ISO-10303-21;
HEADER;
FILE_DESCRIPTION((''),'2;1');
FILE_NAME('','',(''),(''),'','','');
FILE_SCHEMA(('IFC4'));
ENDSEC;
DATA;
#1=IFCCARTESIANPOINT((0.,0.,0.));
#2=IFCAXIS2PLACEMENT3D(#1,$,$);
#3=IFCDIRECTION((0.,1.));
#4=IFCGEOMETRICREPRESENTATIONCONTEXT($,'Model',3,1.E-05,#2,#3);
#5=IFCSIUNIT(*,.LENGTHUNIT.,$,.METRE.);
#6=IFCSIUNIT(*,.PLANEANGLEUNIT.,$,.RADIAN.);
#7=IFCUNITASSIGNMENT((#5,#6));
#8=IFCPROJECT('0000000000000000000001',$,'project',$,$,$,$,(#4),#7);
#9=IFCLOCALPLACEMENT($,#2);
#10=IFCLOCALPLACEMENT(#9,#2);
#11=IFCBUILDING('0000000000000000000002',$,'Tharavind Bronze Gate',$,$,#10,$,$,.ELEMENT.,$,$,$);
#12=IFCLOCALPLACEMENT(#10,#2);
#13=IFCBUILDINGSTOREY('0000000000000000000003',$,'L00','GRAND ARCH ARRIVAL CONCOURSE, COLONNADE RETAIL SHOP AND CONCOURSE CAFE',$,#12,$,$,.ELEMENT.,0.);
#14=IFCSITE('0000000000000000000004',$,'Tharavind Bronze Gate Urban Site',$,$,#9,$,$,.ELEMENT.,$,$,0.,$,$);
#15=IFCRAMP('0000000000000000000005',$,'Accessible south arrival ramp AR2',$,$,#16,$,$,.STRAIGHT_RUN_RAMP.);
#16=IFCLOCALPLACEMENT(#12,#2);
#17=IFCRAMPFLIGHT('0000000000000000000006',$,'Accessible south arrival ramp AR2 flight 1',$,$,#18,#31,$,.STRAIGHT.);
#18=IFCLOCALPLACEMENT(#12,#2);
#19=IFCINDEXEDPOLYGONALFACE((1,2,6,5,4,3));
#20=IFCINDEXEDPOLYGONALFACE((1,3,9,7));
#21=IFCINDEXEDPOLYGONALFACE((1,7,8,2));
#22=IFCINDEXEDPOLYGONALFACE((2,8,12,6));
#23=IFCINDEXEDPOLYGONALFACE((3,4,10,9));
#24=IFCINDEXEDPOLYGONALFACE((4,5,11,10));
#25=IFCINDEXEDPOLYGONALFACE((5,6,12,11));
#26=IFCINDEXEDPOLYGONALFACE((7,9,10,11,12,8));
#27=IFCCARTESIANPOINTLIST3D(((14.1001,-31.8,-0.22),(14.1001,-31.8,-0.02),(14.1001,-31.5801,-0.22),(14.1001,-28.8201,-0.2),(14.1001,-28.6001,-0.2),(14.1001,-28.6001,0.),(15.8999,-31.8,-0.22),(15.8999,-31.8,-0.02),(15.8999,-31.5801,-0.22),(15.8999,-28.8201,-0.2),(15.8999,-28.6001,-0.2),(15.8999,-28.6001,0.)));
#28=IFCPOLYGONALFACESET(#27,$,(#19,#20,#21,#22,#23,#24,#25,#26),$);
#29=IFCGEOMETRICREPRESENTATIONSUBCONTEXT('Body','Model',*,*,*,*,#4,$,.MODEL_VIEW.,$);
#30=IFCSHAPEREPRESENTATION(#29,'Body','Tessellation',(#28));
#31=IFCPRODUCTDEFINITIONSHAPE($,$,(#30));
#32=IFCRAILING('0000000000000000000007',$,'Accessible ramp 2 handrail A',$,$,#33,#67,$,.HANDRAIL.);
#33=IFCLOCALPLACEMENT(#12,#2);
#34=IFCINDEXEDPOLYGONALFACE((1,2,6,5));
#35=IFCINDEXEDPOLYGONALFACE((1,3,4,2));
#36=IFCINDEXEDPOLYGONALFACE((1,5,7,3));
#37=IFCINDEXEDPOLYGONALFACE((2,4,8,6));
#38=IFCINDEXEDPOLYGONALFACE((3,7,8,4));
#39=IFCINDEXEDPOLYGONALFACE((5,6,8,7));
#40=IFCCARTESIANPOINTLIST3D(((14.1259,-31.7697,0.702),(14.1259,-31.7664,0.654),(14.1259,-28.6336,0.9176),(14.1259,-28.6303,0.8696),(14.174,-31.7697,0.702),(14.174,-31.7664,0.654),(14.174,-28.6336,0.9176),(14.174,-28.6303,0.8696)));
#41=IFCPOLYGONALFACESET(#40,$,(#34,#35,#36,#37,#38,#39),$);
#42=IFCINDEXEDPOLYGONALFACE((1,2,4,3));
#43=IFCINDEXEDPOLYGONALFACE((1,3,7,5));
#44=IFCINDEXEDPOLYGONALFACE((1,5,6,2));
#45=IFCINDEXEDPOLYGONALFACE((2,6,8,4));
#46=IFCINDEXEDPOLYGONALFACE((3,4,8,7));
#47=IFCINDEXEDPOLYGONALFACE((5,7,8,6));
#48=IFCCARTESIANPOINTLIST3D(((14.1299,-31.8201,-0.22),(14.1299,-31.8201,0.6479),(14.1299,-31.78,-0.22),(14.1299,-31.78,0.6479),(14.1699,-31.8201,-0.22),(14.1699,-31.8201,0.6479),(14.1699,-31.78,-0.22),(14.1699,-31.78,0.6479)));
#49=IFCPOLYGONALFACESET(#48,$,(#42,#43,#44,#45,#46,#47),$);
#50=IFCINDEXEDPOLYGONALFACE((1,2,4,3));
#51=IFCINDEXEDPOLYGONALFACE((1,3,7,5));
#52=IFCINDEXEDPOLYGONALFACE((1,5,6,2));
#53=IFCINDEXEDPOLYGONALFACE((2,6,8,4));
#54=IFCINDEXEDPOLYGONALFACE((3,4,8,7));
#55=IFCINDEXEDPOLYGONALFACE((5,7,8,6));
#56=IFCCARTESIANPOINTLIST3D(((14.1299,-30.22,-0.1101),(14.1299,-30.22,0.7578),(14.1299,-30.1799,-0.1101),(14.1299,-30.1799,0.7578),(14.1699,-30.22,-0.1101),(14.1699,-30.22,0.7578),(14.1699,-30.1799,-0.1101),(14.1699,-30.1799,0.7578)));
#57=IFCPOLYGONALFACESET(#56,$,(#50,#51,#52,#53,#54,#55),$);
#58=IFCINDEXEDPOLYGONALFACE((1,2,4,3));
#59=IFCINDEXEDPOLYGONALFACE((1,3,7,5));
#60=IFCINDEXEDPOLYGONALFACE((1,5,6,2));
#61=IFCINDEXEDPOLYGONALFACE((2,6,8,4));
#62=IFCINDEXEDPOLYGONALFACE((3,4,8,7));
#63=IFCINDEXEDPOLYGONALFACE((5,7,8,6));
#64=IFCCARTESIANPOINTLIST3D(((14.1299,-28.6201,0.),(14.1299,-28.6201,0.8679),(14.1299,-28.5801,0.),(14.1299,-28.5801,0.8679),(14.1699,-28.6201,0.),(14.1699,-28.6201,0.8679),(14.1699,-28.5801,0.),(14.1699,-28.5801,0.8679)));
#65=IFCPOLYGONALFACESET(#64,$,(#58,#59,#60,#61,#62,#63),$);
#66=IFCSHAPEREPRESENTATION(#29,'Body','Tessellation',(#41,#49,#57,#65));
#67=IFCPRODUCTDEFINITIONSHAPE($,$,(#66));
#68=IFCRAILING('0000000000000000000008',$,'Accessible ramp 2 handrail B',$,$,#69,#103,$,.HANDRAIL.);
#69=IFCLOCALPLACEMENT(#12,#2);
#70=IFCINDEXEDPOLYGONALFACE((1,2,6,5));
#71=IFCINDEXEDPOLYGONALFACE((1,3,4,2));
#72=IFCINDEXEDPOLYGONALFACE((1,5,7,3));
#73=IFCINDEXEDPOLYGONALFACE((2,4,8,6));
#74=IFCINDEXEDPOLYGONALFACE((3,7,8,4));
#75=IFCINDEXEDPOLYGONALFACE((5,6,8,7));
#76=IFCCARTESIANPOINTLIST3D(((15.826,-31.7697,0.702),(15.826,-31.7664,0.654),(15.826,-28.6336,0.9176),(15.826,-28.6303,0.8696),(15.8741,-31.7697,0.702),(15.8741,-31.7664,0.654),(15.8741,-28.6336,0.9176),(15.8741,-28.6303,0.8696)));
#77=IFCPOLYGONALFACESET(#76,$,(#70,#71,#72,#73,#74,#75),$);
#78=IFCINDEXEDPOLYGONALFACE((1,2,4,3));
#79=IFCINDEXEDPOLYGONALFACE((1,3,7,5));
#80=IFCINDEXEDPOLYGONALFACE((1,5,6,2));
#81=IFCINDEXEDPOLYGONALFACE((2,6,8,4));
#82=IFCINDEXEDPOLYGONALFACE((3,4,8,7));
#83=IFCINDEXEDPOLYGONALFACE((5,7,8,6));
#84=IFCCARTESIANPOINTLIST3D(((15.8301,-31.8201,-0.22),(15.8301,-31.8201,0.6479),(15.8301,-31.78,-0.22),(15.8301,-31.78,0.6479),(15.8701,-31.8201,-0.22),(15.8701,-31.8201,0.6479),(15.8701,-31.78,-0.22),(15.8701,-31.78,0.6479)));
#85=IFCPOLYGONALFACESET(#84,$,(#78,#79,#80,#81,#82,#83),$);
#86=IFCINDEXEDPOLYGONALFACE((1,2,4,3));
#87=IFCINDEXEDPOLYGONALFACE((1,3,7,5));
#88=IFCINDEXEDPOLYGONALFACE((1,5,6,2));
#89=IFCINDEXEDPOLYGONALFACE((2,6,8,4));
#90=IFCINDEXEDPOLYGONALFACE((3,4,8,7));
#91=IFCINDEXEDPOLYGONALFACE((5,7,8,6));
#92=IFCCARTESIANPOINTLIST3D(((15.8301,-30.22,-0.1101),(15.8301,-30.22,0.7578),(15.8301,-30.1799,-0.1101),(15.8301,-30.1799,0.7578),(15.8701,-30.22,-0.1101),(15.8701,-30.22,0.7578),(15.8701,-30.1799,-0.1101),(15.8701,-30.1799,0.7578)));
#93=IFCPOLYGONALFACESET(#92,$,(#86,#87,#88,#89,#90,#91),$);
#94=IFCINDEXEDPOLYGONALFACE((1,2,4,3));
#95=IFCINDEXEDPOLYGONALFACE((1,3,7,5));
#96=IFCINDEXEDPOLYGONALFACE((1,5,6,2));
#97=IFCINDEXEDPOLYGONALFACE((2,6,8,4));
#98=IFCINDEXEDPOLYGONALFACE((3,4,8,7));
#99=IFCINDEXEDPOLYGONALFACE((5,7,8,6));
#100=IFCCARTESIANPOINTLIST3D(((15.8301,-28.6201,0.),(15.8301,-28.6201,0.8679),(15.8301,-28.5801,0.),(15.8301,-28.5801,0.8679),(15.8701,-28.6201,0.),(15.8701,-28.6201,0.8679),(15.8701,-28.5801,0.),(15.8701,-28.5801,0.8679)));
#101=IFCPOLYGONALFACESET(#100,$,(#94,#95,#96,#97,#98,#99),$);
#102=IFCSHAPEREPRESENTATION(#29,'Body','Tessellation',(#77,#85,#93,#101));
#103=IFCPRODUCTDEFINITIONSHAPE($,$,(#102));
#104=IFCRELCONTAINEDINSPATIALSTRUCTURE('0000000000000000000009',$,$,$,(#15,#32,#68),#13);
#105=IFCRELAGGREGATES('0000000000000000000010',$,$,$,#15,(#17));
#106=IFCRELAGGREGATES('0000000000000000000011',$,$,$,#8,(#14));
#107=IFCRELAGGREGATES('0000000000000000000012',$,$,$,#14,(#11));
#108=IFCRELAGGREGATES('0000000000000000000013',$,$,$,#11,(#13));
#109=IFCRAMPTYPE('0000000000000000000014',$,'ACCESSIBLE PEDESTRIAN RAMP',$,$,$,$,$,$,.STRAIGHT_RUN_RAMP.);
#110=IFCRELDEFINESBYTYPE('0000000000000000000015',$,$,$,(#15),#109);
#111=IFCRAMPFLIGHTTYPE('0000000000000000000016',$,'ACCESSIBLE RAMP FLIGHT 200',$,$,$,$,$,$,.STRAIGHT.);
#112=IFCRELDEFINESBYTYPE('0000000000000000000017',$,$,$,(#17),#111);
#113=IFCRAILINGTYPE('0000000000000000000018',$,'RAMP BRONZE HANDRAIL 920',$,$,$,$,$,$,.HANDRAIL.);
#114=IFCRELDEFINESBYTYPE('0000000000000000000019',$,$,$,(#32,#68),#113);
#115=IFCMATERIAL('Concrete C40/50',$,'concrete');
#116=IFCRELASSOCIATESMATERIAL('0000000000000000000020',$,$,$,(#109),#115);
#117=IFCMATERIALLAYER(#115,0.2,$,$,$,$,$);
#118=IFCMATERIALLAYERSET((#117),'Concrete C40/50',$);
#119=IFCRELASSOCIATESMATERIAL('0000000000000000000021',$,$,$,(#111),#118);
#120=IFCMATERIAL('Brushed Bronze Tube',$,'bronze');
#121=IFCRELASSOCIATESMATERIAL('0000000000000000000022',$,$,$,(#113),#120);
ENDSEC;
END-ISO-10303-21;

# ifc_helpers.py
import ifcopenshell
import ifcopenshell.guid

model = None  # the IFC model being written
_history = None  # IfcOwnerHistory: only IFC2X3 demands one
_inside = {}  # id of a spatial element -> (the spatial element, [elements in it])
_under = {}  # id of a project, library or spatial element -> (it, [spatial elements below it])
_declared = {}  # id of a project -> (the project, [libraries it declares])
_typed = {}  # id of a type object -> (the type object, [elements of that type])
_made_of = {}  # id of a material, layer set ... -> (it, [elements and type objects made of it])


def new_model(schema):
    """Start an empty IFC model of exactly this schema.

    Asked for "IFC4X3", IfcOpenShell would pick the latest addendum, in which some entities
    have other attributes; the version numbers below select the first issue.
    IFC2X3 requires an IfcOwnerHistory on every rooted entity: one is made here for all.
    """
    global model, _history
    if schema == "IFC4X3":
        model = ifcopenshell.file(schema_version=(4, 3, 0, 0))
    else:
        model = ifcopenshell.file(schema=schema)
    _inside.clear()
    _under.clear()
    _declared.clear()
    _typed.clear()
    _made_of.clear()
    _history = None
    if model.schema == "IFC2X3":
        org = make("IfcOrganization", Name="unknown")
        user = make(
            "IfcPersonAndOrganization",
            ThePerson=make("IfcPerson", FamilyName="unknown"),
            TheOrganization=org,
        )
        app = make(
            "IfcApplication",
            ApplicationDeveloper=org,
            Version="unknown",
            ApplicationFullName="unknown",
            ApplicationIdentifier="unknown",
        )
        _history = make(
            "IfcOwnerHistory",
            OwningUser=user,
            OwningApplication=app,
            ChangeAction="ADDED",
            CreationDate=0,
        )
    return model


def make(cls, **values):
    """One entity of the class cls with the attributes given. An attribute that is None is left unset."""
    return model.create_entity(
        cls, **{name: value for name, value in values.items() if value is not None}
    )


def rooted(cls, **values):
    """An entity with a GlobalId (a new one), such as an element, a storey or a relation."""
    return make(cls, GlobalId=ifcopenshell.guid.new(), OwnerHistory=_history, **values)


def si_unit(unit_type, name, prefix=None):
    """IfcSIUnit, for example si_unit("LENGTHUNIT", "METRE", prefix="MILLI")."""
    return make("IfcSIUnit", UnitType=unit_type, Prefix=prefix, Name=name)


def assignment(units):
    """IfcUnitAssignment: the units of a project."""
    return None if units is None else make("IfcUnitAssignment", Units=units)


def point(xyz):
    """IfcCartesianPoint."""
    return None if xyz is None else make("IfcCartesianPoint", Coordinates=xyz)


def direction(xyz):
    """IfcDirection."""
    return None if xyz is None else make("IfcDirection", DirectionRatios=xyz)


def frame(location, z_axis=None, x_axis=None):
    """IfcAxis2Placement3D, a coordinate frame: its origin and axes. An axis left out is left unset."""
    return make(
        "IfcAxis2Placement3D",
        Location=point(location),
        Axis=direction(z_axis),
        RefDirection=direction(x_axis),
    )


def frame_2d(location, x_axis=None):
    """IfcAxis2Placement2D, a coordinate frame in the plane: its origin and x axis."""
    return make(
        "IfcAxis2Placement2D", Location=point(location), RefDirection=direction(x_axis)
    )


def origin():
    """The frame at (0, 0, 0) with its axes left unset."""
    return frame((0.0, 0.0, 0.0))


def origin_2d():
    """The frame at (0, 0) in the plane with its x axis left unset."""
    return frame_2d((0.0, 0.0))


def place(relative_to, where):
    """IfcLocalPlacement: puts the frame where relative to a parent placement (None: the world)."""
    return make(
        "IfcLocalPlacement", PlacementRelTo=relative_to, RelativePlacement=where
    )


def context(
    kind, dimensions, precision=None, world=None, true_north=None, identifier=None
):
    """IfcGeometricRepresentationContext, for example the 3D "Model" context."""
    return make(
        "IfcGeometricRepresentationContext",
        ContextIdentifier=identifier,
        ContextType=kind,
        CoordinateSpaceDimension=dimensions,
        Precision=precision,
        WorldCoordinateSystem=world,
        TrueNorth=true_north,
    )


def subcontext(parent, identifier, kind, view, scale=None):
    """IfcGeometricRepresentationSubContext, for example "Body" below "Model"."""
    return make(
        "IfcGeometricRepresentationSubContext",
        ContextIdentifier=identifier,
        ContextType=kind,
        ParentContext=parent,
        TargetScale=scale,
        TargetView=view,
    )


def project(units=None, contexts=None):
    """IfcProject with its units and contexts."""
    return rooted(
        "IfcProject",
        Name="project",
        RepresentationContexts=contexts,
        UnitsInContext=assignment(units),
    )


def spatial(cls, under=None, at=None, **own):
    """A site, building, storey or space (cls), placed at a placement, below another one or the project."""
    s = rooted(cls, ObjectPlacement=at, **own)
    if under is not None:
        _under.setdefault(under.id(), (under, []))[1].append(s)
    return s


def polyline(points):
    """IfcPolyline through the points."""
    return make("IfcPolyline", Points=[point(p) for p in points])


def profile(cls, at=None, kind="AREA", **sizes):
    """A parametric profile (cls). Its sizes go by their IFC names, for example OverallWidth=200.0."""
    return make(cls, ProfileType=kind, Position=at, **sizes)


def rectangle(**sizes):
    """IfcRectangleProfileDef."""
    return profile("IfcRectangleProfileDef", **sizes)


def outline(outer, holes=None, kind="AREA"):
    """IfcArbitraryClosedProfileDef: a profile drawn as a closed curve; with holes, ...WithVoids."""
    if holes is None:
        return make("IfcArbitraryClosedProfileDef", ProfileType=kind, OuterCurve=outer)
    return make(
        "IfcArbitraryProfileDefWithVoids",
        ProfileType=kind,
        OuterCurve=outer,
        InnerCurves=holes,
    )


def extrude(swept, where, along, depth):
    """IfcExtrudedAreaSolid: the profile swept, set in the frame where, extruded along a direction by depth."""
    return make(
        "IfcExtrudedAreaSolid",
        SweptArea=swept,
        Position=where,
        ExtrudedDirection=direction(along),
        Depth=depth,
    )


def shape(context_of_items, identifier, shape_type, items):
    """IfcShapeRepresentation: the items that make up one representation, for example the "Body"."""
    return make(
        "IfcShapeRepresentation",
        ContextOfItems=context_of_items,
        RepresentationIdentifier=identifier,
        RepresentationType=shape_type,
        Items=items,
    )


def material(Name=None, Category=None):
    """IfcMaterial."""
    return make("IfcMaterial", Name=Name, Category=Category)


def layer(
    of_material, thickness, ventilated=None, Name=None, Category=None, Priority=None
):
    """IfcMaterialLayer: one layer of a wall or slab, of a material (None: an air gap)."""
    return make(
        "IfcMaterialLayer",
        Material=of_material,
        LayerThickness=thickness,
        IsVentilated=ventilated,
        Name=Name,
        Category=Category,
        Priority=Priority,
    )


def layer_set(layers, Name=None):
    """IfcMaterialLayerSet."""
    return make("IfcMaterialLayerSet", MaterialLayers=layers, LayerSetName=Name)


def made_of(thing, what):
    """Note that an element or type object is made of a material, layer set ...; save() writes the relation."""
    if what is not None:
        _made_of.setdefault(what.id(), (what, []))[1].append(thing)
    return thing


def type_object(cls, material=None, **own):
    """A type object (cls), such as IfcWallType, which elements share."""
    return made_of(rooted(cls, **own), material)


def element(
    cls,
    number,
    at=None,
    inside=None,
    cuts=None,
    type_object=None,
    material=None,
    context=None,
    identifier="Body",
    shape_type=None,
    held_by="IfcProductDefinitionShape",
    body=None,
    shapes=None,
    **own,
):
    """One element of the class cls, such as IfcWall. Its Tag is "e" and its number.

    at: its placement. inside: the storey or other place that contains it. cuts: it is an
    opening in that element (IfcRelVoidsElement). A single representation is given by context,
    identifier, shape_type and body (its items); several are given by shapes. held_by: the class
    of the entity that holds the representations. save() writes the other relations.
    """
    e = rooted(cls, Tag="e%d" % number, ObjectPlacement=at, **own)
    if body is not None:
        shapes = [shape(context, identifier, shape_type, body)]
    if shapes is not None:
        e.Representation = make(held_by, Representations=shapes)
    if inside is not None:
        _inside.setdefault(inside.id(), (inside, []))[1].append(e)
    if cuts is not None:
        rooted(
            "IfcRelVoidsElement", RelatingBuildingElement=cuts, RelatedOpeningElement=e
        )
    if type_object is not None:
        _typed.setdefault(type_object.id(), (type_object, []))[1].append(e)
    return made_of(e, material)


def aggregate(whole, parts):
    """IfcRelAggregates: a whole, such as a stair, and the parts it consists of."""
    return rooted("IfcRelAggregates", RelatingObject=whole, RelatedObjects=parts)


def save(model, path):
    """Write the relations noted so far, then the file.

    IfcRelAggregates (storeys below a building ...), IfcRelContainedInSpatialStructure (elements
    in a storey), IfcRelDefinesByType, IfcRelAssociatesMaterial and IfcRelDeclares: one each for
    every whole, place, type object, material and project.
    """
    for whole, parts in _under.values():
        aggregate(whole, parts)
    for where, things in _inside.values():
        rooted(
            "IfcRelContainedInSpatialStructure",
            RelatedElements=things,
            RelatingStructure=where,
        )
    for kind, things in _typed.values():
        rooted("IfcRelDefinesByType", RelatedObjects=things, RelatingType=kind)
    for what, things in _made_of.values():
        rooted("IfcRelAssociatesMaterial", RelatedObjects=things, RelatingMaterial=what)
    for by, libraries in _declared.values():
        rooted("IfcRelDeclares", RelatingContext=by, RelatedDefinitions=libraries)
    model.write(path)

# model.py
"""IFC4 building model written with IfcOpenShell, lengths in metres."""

from ifc_helpers import new_model, si_unit, direction, frame, origin, origin_2d, place, context, subcontext, project, spatial, polyline, rectangle, outline, extrude, material, layer, layer_set, type_object, element, aggregate, save


model = new_model("IFC4")

# Units and contexts
model_context = context("Model", 3, precision=1e-05, world=origin(), true_north=direction((0.0, 1.0)))
body_context = subcontext(model_context, "Body", "Model", "MODEL_VIEW")
ifc_project = project(units=[si_unit("LENGTHUNIT", "METRE"), si_unit("PLANEANGLEUNIT", "RADIAN")], contexts=[model_context])

# Site, building, storey
site_placement = place(None, origin())
site = spatial("IfcSite", under=ifc_project, at=site_placement, Name="Tharavind Bronze Gate Urban Site", CompositionType="ELEMENT", RefElevation=0.0)
building_placement = place(site_placement, origin())
building = spatial("IfcBuilding", under=site, at=building_placement, Name="Tharavind Bronze Gate", CompositionType="ELEMENT")
storey_placement = place(building_placement, origin())
storey = spatial("IfcBuildingStorey", under=building, at=storey_placement, Name="L00", Description="GRAND ARCH ARRIVAL CONCOURSE, COLONNADE RETAIL SHOP AND CONCOURSE CAFE", CompositionType="ELEMENT", Elevation=0.0)

# Ramp, ramp flight
ifc_material_1 = material(Name="Concrete C40/50", Category="concrete")
ramp_type = type_object("IfcRampType", Name="ACCESSIBLE PEDESTRIAN RAMP", PredefinedType="STRAIGHT_RUN_RAMP", material=ifc_material_1)
ramp_placement = place(storey_placement, origin())
ramp = element("IfcRamp", 1, at=ramp_placement, inside=storey, type_object=ramp_type, Name="Accessible south arrival ramp AR2", PredefinedType="STRAIGHT_RUN_RAMP")
ifc_layer_1 = layer(ifc_material_1, 0.2)
ifc_layer_set_1 = layer_set([ifc_layer_1], Name="Concrete C40/50")
ramp_flight_type = type_object("IfcRampFlightType", Name="ACCESSIBLE RAMP FLIGHT 200", PredefinedType="STRAIGHT", material=ifc_layer_set_1)
ramp_flight_placement = place(storey_placement, frame((15.0, -31.8, -0.22), z_axis=(0.0, 0.0, 1.0), x_axis=(0.0, 1.0, 0.0)))
ramp_flight = element("IfcRampFlight", 2, at=ramp_flight_placement, type_object=ramp_flight_type, Name="Accessible south arrival ramp AR2 flight 1", PredefinedType="STRAIGHT", context=body_context, shape_type="SweptSolid", body=[
    extrude(outline(polyline([(0.0, 0.0), (0.22, 0.0), (2.98, 0.02), (3.2, 0.02), (3.2, 0.22), (0.0, 0.2), (0.0, 0.0)])), frame((0.0, 0.8999, 0.0), z_axis=(0.0, -1.0, 0.0), x_axis=(1.0, 0.0, 0.0)), (0.0, 0.0, 1.0), 1.7998),
])
aggregate(ramp, [ramp_flight])

# Railings
ifc_material_2 = material(Name="Brushed Bronze Tube", Category="bronze")
railing_type = type_object("IfcRailingType", Name="RAMP BRONZE HANDRAIL 920", PredefinedType="HANDRAIL", material=ifc_material_2)
for number, where, name in (
    (3, (14.1499, -31.8, -0.22), "Accessible ramp 2 handrail A"),
    (4, (15.8501, -31.8, -0.22), "Accessible ramp 2 handrail B"),
):
    element("IfcRailing", number, at=place(storey_placement, frame(where)), inside=storey, type_object=railing_type, Name=name, PredefinedType="HANDRAIL", context=body_context, shape_type="SweptSolid", body=[
        extrude(rectangle(XDim=0.0481, YDim=0.0481, at=origin_2d()), frame((0.0, 0.032, 0.8979), z_axis=(0.0, 0.997646, 0.06858), x_axis=(-1.0, 0.0, 0.0)), (0.0, 0.0, 1.0), 3.1436),
        extrude(rectangle(XDim=0.04, YDim=0.04, at=origin_2d()), origin(), (0.0, 0.0, 1.0), 0.8679),
        extrude(rectangle(XDim=0.04, YDim=0.04, at=origin_2d()), frame((0.0, 1.6001, 0.1099)), (0.0, 0.0, 1.0), 0.8679),
        extrude(rectangle(XDim=0.04, YDim=0.04, at=origin_2d()), frame((0.0, 3.2, 0.22)), (0.0, 0.0, 1.0), 0.8679),
    ])

save(model, "model.ifc")
